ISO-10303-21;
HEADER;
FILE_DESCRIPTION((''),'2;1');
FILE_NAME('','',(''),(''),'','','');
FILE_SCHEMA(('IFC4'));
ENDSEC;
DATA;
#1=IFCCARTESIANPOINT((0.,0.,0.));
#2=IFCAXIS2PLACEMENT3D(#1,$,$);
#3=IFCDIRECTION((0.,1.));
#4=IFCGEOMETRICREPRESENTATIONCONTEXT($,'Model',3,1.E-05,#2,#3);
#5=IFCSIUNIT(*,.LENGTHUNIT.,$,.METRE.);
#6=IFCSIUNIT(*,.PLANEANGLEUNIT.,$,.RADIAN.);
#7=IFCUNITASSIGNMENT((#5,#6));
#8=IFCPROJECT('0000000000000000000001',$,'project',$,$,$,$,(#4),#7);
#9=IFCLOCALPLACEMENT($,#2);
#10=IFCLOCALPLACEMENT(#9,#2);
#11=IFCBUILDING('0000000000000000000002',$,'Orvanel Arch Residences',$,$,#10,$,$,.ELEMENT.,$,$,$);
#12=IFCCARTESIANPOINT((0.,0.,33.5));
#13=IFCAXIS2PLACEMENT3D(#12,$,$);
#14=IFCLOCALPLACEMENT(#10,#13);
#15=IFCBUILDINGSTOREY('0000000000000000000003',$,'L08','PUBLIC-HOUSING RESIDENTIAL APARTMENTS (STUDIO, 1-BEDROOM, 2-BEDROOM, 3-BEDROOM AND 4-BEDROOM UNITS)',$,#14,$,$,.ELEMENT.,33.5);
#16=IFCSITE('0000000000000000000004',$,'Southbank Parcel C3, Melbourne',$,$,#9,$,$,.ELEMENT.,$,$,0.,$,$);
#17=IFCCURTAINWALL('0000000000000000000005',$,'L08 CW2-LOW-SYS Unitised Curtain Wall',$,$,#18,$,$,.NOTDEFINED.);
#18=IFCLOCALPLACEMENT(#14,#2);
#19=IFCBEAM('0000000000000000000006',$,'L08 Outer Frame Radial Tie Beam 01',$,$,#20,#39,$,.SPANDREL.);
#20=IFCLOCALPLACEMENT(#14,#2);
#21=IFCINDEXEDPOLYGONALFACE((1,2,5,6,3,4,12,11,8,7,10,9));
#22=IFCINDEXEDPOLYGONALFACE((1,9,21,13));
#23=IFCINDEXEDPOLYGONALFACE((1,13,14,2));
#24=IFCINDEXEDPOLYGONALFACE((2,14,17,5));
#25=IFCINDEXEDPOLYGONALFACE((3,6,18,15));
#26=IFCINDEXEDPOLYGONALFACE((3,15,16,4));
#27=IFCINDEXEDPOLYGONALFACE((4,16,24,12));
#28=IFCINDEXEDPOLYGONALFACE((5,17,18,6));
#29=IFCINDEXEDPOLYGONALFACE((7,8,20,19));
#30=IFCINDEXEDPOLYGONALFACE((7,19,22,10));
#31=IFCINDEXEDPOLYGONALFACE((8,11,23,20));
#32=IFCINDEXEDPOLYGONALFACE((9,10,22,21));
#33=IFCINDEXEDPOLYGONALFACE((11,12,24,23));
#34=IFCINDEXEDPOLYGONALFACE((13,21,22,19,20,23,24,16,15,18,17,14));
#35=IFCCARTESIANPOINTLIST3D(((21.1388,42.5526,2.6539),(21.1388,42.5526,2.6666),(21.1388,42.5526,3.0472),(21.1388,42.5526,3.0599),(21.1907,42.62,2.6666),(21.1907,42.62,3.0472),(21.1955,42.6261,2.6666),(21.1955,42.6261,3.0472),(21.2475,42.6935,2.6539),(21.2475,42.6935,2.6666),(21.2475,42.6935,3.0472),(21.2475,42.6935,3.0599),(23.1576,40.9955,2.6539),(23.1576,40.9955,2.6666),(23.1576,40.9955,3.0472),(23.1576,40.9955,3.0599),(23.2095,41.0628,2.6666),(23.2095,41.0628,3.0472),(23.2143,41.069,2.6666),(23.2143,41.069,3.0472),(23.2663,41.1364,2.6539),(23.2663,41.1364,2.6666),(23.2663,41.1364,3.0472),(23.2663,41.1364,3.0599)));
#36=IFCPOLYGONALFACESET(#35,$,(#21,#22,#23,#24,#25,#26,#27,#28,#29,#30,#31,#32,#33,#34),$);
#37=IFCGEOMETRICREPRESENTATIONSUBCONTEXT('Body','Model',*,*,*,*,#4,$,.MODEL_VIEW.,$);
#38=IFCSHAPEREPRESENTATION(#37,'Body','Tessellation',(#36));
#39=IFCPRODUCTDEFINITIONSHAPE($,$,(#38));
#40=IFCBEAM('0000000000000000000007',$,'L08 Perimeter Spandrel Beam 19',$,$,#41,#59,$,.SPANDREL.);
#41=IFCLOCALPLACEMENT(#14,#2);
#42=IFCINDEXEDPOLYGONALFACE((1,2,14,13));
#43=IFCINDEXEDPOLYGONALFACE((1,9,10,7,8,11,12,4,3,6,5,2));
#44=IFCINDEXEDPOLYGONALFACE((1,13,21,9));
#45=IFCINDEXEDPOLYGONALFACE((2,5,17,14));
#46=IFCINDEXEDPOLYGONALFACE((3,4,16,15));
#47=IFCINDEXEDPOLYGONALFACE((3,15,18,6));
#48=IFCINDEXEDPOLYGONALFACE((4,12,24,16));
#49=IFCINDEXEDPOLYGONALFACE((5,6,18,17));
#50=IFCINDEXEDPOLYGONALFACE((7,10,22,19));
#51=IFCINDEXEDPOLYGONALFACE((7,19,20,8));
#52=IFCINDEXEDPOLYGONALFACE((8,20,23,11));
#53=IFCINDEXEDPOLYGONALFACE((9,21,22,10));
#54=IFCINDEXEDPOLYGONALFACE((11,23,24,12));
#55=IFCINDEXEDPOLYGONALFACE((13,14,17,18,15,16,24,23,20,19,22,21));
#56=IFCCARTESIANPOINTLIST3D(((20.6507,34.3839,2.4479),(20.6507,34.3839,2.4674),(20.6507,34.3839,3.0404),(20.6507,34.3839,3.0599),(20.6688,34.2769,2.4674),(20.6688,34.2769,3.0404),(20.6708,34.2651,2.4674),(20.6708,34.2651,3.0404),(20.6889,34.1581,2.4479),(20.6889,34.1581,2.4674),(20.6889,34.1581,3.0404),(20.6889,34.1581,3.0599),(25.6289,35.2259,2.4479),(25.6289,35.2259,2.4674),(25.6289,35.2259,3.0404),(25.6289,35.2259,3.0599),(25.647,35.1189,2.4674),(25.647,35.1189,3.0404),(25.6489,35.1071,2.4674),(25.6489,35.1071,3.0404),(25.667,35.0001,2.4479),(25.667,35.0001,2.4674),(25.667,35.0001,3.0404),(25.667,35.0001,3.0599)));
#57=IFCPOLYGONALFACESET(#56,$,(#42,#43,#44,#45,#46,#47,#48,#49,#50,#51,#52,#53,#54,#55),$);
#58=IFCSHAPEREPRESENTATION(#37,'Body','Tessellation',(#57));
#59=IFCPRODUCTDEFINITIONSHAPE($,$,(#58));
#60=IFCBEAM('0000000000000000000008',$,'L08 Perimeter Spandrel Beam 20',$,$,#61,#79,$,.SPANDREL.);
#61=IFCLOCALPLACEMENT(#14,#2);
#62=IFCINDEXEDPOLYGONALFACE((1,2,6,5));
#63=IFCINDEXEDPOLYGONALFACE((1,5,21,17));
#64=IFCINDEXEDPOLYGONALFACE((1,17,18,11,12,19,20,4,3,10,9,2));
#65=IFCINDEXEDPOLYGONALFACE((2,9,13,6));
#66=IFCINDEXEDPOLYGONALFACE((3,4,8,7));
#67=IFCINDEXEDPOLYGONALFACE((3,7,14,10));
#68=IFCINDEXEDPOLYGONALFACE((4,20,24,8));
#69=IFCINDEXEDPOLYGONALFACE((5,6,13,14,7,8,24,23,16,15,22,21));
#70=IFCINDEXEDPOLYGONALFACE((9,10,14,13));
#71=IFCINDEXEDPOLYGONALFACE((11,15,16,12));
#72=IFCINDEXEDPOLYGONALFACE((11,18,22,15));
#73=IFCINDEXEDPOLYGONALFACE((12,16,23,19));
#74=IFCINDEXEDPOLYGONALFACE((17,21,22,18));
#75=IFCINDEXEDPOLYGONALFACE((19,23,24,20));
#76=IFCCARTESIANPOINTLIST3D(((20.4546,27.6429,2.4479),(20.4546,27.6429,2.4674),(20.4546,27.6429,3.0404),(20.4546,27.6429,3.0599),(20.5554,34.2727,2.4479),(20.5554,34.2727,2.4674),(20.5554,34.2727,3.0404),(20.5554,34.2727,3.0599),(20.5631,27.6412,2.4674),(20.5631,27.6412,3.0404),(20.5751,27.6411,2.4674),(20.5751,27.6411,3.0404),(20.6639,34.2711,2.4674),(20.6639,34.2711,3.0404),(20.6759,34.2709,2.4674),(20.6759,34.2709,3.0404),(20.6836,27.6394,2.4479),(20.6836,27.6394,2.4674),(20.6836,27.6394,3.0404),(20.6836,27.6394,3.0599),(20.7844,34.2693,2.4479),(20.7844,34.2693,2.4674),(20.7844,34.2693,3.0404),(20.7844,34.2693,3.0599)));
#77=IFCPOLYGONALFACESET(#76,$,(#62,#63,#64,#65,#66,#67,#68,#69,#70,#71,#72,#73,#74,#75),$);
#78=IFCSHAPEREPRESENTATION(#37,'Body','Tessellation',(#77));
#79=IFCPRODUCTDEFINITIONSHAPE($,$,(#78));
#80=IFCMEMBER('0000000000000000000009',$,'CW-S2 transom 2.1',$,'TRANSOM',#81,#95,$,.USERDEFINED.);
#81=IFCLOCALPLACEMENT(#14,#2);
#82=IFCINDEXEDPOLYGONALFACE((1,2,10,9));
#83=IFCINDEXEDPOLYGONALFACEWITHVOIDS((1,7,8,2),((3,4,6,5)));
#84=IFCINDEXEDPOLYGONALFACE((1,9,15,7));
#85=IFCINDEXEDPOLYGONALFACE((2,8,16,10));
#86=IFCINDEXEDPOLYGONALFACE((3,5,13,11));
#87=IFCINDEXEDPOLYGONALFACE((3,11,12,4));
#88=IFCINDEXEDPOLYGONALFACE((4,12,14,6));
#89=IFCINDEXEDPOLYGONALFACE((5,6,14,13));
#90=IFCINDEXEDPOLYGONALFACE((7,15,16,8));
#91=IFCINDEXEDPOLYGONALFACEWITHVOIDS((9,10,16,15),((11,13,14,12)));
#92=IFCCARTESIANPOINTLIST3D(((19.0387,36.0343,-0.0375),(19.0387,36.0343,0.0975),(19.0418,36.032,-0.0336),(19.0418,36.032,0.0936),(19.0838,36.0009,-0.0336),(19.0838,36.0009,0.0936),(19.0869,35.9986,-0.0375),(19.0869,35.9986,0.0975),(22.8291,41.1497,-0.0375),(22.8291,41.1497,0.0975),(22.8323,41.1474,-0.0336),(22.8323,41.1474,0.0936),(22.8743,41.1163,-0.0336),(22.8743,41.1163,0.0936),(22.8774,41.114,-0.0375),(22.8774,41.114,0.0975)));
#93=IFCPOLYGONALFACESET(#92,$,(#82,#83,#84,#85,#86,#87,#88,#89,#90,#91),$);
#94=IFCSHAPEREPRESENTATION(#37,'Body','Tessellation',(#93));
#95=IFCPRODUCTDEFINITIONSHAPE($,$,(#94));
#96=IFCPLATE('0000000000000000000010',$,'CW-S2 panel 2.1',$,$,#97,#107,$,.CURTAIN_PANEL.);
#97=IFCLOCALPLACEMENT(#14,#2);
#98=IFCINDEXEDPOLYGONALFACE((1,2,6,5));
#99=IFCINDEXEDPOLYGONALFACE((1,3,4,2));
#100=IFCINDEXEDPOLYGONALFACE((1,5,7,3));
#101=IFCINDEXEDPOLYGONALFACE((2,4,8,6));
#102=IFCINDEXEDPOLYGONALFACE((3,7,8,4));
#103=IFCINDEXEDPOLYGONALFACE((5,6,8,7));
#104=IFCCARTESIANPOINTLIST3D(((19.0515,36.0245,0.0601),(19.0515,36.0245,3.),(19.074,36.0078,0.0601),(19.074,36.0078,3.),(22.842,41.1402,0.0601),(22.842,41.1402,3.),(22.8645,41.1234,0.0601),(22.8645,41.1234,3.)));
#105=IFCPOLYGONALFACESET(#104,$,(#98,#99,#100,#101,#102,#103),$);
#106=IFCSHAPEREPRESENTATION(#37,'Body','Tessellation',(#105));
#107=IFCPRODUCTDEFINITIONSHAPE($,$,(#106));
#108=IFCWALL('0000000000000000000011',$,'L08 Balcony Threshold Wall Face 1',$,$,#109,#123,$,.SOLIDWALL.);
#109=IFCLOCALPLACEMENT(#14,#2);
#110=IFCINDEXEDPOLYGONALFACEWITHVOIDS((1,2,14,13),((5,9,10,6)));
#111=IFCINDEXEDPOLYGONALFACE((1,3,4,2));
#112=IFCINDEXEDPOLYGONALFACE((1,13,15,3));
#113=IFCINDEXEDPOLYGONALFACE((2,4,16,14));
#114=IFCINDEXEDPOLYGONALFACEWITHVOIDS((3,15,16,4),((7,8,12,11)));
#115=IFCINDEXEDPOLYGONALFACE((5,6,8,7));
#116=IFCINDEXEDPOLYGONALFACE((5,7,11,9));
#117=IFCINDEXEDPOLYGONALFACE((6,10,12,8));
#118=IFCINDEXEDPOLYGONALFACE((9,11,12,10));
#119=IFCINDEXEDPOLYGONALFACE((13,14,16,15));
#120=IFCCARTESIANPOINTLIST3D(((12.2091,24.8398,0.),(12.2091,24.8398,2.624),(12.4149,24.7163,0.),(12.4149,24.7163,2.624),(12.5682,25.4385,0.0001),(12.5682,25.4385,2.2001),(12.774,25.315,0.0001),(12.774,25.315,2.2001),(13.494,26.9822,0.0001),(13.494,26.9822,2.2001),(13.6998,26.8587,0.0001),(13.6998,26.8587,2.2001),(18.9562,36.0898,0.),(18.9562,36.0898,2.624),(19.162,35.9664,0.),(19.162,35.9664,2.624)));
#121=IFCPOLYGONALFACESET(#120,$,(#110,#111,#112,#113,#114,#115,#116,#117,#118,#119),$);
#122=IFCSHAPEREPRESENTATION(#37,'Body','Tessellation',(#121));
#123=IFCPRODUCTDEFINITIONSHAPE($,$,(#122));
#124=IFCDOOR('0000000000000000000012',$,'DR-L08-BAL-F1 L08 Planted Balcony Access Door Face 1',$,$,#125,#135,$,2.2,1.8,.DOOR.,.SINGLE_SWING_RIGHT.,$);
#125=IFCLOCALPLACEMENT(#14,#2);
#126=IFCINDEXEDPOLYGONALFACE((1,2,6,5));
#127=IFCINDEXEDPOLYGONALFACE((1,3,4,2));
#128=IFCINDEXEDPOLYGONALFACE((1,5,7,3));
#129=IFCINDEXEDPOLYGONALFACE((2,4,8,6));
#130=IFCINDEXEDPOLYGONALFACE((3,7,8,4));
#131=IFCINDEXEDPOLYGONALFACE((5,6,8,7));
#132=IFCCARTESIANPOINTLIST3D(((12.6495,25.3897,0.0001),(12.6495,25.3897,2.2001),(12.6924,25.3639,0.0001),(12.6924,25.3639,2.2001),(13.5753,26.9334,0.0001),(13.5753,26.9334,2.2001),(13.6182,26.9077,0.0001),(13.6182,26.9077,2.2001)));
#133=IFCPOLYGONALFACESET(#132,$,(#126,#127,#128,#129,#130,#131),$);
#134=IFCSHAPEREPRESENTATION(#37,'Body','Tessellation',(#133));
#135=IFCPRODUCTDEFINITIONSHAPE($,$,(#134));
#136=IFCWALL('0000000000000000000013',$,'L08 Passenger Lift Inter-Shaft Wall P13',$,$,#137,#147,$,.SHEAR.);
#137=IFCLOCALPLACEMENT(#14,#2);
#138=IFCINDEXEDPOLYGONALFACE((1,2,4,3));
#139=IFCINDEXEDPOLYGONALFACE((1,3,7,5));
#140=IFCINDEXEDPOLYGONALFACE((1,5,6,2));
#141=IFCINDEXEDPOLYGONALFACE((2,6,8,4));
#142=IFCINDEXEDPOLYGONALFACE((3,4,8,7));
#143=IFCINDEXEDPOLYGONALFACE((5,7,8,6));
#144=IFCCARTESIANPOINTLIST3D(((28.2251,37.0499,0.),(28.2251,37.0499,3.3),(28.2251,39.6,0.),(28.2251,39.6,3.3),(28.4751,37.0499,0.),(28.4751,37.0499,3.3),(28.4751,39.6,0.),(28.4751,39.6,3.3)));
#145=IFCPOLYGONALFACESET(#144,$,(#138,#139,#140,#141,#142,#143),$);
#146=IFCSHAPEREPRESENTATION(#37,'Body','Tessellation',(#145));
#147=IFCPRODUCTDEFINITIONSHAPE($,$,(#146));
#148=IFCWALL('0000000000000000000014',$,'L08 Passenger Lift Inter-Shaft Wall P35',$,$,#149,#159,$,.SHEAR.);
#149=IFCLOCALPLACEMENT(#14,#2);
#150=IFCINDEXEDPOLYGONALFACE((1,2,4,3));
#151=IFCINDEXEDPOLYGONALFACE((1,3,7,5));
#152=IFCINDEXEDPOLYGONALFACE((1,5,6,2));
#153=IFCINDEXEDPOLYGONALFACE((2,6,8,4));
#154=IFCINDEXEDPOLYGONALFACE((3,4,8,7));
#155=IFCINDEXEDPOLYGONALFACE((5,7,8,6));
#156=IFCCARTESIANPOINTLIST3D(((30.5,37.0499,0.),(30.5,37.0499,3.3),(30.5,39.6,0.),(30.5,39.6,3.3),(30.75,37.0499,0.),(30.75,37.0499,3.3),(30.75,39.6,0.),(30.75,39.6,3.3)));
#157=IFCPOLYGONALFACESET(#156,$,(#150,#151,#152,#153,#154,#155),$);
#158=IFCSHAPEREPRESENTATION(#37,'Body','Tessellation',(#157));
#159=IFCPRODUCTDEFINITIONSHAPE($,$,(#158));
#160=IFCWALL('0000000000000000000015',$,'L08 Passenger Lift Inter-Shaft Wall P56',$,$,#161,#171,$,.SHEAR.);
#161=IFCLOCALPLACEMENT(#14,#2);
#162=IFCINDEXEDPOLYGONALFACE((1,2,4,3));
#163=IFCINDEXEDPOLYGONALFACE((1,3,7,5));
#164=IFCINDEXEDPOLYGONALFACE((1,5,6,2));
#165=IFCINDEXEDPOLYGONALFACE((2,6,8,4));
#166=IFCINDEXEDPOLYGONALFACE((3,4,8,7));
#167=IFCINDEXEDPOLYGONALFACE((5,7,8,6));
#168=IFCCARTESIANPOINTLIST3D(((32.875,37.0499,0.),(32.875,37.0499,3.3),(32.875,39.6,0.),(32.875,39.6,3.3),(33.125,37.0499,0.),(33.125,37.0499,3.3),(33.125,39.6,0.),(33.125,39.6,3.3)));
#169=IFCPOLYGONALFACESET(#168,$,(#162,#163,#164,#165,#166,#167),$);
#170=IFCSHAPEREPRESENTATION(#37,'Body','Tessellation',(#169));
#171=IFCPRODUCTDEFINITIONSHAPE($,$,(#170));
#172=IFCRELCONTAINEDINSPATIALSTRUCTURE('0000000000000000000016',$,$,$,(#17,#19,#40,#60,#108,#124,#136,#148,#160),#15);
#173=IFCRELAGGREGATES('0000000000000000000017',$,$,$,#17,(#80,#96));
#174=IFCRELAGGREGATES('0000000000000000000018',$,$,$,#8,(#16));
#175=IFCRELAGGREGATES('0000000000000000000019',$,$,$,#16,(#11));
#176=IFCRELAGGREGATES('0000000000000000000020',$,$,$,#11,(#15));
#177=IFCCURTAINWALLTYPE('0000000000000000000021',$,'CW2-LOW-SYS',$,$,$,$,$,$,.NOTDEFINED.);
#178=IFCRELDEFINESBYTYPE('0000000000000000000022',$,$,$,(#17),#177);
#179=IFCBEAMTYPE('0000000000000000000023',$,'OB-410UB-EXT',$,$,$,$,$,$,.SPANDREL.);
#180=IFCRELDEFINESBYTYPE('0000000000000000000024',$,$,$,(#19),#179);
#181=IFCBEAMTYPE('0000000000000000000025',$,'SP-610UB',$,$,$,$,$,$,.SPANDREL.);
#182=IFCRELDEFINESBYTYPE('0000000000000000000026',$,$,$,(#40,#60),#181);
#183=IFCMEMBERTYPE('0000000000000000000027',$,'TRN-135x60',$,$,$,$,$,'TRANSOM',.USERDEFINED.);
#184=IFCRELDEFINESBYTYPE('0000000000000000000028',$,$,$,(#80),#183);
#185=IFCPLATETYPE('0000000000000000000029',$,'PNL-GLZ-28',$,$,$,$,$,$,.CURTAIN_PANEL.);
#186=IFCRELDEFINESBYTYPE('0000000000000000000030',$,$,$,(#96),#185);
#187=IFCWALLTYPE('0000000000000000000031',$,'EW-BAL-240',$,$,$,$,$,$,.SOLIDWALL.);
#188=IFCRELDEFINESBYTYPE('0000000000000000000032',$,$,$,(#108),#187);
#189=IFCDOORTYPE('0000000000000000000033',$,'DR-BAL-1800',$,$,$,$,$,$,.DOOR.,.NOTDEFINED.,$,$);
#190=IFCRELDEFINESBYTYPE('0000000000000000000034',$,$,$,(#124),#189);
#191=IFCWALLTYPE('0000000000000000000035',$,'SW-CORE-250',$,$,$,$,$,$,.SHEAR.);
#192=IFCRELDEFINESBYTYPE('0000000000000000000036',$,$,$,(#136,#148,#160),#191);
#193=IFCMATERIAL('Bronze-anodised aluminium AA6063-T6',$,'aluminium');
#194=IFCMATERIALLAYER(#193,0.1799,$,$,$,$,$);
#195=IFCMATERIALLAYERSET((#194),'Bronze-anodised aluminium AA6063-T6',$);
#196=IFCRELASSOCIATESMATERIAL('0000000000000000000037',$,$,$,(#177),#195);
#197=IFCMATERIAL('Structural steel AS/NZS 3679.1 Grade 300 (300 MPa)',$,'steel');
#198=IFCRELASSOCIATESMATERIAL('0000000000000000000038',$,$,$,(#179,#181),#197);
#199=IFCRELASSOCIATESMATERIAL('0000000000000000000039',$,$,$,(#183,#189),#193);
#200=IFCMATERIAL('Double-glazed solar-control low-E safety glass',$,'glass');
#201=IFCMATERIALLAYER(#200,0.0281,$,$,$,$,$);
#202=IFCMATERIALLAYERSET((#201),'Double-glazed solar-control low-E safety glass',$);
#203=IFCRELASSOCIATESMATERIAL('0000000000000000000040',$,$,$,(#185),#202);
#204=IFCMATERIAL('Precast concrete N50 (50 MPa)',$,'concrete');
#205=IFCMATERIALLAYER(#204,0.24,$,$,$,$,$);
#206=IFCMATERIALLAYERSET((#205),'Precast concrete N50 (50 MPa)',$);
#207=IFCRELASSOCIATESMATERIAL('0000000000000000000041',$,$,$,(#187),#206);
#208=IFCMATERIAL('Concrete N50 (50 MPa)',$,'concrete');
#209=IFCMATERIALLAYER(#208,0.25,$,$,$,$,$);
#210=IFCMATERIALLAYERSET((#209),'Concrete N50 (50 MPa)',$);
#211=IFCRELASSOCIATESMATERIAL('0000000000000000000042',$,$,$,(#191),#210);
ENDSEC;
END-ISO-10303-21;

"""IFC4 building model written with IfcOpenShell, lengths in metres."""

from ifc_helpers import new_model, si_unit, direction, frame, frame_2d, origin, origin_2d, place, context, subcontext, project, spatial, rectangle, hollow_rectangle, i_section, extrude, material, layer, layer_set, material_profile, profile_set, type_object, element, fill, aggregate, save


model = new_model("IFC4")

# Units and contexts
model_context = context("Model", 3, precision=1e-05, world=origin(), true_north=direction((0.0, 1.0)))
body_context = subcontext(model_context, "Body", "Model", "MODEL_VIEW")
ifc_project = project(units=[si_unit("LENGTHUNIT", "METRE"), si_unit("PLANEANGLEUNIT", "RADIAN")], contexts=[model_context])

# Site, building, storey
site_placement = place(None, origin())
site = spatial("IfcSite", under=ifc_project, at=site_placement, Name="Southbank Parcel C3, Melbourne", CompositionType="ELEMENT", RefElevation=0.0)
building_placement = place(site_placement, origin())
building = spatial("IfcBuilding", under=site, at=building_placement, Name="Orvanel Arch Residences", CompositionType="ELEMENT")
storey_placement = place(building_placement, frame((0.0, 0.0, 33.5)))
storey = spatial("IfcBuildingStorey", under=building, at=storey_placement, Name="L08", Description="PUBLIC-HOUSING RESIDENTIAL APARTMENTS (STUDIO, 1-BEDROOM, 2-BEDROOM, 3-BEDROOM AND 4-BEDROOM UNITS)", CompositionType="ELEMENT", Elevation=33.5)

# Shared definitions
ifc_material_1 = material(Name="Structural steel AS/NZS 3679.1 Grade 300 (300 MPa)", Category="steel")

# Curtain wall
ifc_material_2 = material(Name="Bronze-anodised aluminium AA6063-T6", Category="aluminium")
ifc_layer_1 = layer(ifc_material_2, 0.1799)
ifc_layer_set_1 = layer_set([ifc_layer_1], Name="Bronze-anodised aluminium AA6063-T6")
curtain_wall_type = type_object("IfcCurtainWallType", Name="CW2-LOW-SYS", PredefinedType="NOTDEFINED", material=ifc_layer_set_1)
curtain_wall_placement = place(storey_placement, origin())
curtain_wall = element("IfcCurtainWall", 1, at=curtain_wall_placement, inside=storey, type_object=curtain_wall_type, Name="L08 CW2-LOW-SYS Unitised Curtain Wall", PredefinedType="NOTDEFINED")

# Beams
ifc_material_profile_1 = material_profile(ifc_material_1, i_section(OverallWidth=0.178, OverallDepth=0.406, WebThickness=0.0078, FlangeThickness=0.0127, at=origin_2d()), Name="410UB59.7")
ifc_profile_set_1 = profile_set([ifc_material_profile_1], Name="Structural steel AS/NZS 3679.1 Grade 300 (300 MPa)")
beam_type_1 = type_object("IfcBeamType", Name="OB-410UB-EXT", PredefinedType="SPANDREL", material=ifc_profile_set_1)
beam_1_placement = place(storey_placement, frame((23.2119, 41.0659, 2.8569), z_axis=(-0.791826, 0.610747, 0.0), x_axis=(-0.610747, -0.791826, 0.0)))
element("IfcBeam", 2, at=beam_1_placement, inside=storey, type_object=beam_type_1, Name="L08 Outer Frame Radial Tie Beam 01", PredefinedType="SPANDREL", context=body_context, shape_type="SweptSolid", body=[
    extrude(i_section(OverallWidth=0.178, OverallDepth=0.406, WebThickness=0.0078, FlangeThickness=0.0127, at=origin_2d()), origin(), (0.0, 0.0, 1.0), 2.5496),
])
ifc_material_profile_2 = material_profile(ifc_material_1, i_section(OverallWidth=0.229, OverallDepth=0.6121, WebThickness=0.012, FlangeThickness=0.0195, at=origin_2d()), Name="610UB125")
ifc_profile_set_2 = profile_set([ifc_material_profile_2], Name="Structural steel AS/NZS 3679.1 Grade 300 (300 MPa)")
beam_type_2 = type_object("IfcBeamType", Name="SP-610UB", PredefinedType="SPANDREL", material=ifc_profile_set_2)
beam_2_placement = place(storey_placement, frame((25.6479, 35.113, 2.7539), z_axis=(-0.985994, -0.166782, 0.0), x_axis=(0.166782, -0.985994, 0.0)))
element("IfcBeam", 3, at=beam_2_placement, inside=storey, type_object=beam_type_2, Name="L08 Perimeter Spandrel Beam 19", PredefinedType="SPANDREL", context=body_context, shape_type="SweptSolid", body=[
    extrude(i_section(OverallWidth=0.229, OverallDepth=0.6121, WebThickness=0.012, FlangeThickness=0.0195, at=origin_2d()), origin(), (0.0, 0.0, 1.0), 5.0488),
])
beam_3_placement = place(storey_placement, frame((20.6699, 34.271, 2.7539), z_axis=(-0.015207, -0.999884, 0.0), x_axis=(0.999884, -0.015207, 0.0)))
element("IfcBeam", 4, at=beam_3_placement, inside=storey, type_object=beam_type_2, Name="L08 Perimeter Spandrel Beam 20", PredefinedType="SPANDREL", context=body_context, shape_type="SweptSolid", body=[
    extrude(i_section(OverallWidth=0.229, OverallDepth=0.6121, WebThickness=0.012, FlangeThickness=0.0195, at=origin_2d()), origin(), (0.0, 0.0, 1.0), 6.6306),
])

# Member
ifc_material_profile_3 = material_profile(ifc_material_2, hollow_rectangle(XDim=0.0601, YDim=0.135, WallThickness=0.0039, at=origin_2d()), Name="ALU135x60x4")
ifc_profile_set_3 = profile_set([ifc_material_profile_3], Name="Bronze-anodised aluminium AA6063-T6")
member_type_1 = type_object("IfcMemberType", Name="TRN-135x60", ElementType="TRANSOM", PredefinedType="USERDEFINED", material=ifc_profile_set_3)
member_1_placement = place(storey_placement, frame((22.8533, 41.1318, 0.03), z_axis=(-0.595358, -0.803461, 0.0), x_axis=(0.803461, -0.595358, 0.0)))
member_1 = element("IfcMember", 5, at=member_1_placement, type_object=member_type_1, Name="CW-S2 transom 2.1", ObjectType="TRANSOM", PredefinedType="USERDEFINED", context=body_context, shape_type="SweptSolid", body=[
    extrude(hollow_rectangle(XDim=0.0601, YDim=0.135, WallThickness=0.0039, at=origin_2d()), origin(), (0.0, 0.0, 1.0), 6.3667),
])

# Plate
ifc_material_3 = material(Name="Double-glazed solar-control low-E safety glass", Category="glass")
ifc_layer_2 = layer(ifc_material_3, 0.0281)
ifc_layer_set_2 = layer_set([ifc_layer_2], Name="Double-glazed solar-control low-E safety glass")
plate_type = type_object("IfcPlateType", Name="PNL-GLZ-28", PredefinedType="CURTAIN_PANEL", material=ifc_layer_set_2)
plate_placement = place(storey_placement, frame((20.958, 38.574, 0.0601), z_axis=(0.0, 0.0, 1.0), x_axis=(-0.595342, -0.803472, 0.0)))
plate = element("IfcPlate", 6, at=plate_placement, type_object=plate_type, Name="CW-S2 panel 2.1", PredefinedType="CURTAIN_PANEL", context=body_context, shape_type="SweptSolid", body=[
    extrude(rectangle(XDim=6.3669, YDim=0.0281, at=origin_2d()), origin(), (0.0, 0.0, 1.0), 2.9399),
])
aggregate(curtain_wall, [member_1, plate])

# Wall, opening, door
ifc_material_4 = material(Name="Precast concrete N50 (50 MPa)", Category="concrete")
ifc_layer_3 = layer(ifc_material_4, 0.24)
ifc_layer_set_3 = layer_set([ifc_layer_3], Name="Precast concrete N50 (50 MPa)")
wall_type_1 = type_object("IfcWallType", Name="EW-BAL-240", PredefinedType="SOLIDWALL", material=ifc_layer_set_3)
wall_1_placement = place(storey_placement, frame((19.0591, 36.0281, 0.0), z_axis=(0.0, 0.0, 1.0), x_axis=(-0.514332, -0.857591, 0.0)))
wall_1 = element("IfcWall", 7, at=wall_1_placement, inside=storey, type_object=wall_type_1, Name="L08 Balcony Threshold Wall Face 1", PredefinedType="SOLIDWALL", context=body_context, shape_type="SweptSolid", body=[
    extrude(rectangle(XDim=13.1182, YDim=0.24, at=frame_2d((6.5591, 0.0))), origin(), (0.0, 0.0, 1.0), 2.624),
])
opening_1_placement = place(wall_1_placement, frame((10.6201, 0.0, 0.0)))
opening_1 = element("IfcOpeningElement", 8, at=opening_1_placement, cuts=wall_1, PredefinedType="OPENING", context=body_context, shape_type="SweptSolid", body=[
    extrude(rectangle(XDim=1.8, YDim=2.2, at=frame_2d((0.8999, 1.1001))), frame((0.0, 0.1299, 0.0), z_axis=(0.0, -1.0, 0.0), x_axis=(1.0, 0.0, 0.0)), (0.0, 0.0, 1.0), 0.26),
])
door_type_1 = type_object("IfcDoorType", Name="DR-BAL-1800", OperationType="NOTDEFINED", PredefinedType="DOOR", material=ifc_material_2)
door_1_placement = place(opening_1_placement, origin())
door_1 = element("IfcDoor", 9, at=door_1_placement, inside=storey, type_object=door_type_1, Name="DR-L08-BAL-F1 L08 Planted Balcony Access Door Face 1", OperationType="SINGLE_SWING_RIGHT", OverallHeight=2.2, OverallWidth=1.8, PredefinedType="DOOR", context=body_context, shape_type="SweptSolid", body=[
    extrude(rectangle(XDim=1.8, YDim=2.2, at=frame_2d((0.8999, 1.1001))), frame((0.0, 0.0249, 0.0), z_axis=(0.0, -1.0, 0.0), x_axis=(1.0, 0.0, 0.0)), (0.0, 0.0, 1.0), 0.05),
])
fill(opening_1, door_1)

# Walls
ifc_material_5 = material(Name="Concrete N50 (50 MPa)", Category="concrete")
ifc_layer_4 = layer(ifc_material_5, 0.25)
ifc_layer_set_4 = layer_set([ifc_layer_4], Name="Concrete N50 (50 MPa)")
wall_type_2 = type_object("IfcWallType", Name="SW-CORE-250", PredefinedType="SHEAR", material=ifc_layer_set_4)
for number, where, z_axis, x_axis, name in (
    (10, (28.3501, 37.05, 0.0), (0.0, 0.0, 1.0), (0.0, 1.0, 0.0), "L08 Passenger Lift Inter-Shaft Wall P13"),
    (11, (30.625, 37.05, 0.0), (0.0, 0.0, 1.0), (0.0, 1.0, 0.0), "L08 Passenger Lift Inter-Shaft Wall P35"),
    (12, (33.0, 37.05, 0.0), (0.0, 0.0, 1.0), (0.0, 1.0, 0.0), "L08 Passenger Lift Inter-Shaft Wall P56"),
):
    element("IfcWall", number, at=place(storey_placement, frame(where, z_axis=z_axis, x_axis=x_axis)), inside=storey, type_object=wall_type_2, Name=name, PredefinedType="SHEAR", context=body_context, shape_type="SweptSolid", body=[
        extrude(rectangle(XDim=2.55, YDim=0.25, at=frame_2d((1.2749, 0.0))), origin(), (0.0, 0.0, 1.0), 3.3),
    ])

save(model, "model.ifc")
